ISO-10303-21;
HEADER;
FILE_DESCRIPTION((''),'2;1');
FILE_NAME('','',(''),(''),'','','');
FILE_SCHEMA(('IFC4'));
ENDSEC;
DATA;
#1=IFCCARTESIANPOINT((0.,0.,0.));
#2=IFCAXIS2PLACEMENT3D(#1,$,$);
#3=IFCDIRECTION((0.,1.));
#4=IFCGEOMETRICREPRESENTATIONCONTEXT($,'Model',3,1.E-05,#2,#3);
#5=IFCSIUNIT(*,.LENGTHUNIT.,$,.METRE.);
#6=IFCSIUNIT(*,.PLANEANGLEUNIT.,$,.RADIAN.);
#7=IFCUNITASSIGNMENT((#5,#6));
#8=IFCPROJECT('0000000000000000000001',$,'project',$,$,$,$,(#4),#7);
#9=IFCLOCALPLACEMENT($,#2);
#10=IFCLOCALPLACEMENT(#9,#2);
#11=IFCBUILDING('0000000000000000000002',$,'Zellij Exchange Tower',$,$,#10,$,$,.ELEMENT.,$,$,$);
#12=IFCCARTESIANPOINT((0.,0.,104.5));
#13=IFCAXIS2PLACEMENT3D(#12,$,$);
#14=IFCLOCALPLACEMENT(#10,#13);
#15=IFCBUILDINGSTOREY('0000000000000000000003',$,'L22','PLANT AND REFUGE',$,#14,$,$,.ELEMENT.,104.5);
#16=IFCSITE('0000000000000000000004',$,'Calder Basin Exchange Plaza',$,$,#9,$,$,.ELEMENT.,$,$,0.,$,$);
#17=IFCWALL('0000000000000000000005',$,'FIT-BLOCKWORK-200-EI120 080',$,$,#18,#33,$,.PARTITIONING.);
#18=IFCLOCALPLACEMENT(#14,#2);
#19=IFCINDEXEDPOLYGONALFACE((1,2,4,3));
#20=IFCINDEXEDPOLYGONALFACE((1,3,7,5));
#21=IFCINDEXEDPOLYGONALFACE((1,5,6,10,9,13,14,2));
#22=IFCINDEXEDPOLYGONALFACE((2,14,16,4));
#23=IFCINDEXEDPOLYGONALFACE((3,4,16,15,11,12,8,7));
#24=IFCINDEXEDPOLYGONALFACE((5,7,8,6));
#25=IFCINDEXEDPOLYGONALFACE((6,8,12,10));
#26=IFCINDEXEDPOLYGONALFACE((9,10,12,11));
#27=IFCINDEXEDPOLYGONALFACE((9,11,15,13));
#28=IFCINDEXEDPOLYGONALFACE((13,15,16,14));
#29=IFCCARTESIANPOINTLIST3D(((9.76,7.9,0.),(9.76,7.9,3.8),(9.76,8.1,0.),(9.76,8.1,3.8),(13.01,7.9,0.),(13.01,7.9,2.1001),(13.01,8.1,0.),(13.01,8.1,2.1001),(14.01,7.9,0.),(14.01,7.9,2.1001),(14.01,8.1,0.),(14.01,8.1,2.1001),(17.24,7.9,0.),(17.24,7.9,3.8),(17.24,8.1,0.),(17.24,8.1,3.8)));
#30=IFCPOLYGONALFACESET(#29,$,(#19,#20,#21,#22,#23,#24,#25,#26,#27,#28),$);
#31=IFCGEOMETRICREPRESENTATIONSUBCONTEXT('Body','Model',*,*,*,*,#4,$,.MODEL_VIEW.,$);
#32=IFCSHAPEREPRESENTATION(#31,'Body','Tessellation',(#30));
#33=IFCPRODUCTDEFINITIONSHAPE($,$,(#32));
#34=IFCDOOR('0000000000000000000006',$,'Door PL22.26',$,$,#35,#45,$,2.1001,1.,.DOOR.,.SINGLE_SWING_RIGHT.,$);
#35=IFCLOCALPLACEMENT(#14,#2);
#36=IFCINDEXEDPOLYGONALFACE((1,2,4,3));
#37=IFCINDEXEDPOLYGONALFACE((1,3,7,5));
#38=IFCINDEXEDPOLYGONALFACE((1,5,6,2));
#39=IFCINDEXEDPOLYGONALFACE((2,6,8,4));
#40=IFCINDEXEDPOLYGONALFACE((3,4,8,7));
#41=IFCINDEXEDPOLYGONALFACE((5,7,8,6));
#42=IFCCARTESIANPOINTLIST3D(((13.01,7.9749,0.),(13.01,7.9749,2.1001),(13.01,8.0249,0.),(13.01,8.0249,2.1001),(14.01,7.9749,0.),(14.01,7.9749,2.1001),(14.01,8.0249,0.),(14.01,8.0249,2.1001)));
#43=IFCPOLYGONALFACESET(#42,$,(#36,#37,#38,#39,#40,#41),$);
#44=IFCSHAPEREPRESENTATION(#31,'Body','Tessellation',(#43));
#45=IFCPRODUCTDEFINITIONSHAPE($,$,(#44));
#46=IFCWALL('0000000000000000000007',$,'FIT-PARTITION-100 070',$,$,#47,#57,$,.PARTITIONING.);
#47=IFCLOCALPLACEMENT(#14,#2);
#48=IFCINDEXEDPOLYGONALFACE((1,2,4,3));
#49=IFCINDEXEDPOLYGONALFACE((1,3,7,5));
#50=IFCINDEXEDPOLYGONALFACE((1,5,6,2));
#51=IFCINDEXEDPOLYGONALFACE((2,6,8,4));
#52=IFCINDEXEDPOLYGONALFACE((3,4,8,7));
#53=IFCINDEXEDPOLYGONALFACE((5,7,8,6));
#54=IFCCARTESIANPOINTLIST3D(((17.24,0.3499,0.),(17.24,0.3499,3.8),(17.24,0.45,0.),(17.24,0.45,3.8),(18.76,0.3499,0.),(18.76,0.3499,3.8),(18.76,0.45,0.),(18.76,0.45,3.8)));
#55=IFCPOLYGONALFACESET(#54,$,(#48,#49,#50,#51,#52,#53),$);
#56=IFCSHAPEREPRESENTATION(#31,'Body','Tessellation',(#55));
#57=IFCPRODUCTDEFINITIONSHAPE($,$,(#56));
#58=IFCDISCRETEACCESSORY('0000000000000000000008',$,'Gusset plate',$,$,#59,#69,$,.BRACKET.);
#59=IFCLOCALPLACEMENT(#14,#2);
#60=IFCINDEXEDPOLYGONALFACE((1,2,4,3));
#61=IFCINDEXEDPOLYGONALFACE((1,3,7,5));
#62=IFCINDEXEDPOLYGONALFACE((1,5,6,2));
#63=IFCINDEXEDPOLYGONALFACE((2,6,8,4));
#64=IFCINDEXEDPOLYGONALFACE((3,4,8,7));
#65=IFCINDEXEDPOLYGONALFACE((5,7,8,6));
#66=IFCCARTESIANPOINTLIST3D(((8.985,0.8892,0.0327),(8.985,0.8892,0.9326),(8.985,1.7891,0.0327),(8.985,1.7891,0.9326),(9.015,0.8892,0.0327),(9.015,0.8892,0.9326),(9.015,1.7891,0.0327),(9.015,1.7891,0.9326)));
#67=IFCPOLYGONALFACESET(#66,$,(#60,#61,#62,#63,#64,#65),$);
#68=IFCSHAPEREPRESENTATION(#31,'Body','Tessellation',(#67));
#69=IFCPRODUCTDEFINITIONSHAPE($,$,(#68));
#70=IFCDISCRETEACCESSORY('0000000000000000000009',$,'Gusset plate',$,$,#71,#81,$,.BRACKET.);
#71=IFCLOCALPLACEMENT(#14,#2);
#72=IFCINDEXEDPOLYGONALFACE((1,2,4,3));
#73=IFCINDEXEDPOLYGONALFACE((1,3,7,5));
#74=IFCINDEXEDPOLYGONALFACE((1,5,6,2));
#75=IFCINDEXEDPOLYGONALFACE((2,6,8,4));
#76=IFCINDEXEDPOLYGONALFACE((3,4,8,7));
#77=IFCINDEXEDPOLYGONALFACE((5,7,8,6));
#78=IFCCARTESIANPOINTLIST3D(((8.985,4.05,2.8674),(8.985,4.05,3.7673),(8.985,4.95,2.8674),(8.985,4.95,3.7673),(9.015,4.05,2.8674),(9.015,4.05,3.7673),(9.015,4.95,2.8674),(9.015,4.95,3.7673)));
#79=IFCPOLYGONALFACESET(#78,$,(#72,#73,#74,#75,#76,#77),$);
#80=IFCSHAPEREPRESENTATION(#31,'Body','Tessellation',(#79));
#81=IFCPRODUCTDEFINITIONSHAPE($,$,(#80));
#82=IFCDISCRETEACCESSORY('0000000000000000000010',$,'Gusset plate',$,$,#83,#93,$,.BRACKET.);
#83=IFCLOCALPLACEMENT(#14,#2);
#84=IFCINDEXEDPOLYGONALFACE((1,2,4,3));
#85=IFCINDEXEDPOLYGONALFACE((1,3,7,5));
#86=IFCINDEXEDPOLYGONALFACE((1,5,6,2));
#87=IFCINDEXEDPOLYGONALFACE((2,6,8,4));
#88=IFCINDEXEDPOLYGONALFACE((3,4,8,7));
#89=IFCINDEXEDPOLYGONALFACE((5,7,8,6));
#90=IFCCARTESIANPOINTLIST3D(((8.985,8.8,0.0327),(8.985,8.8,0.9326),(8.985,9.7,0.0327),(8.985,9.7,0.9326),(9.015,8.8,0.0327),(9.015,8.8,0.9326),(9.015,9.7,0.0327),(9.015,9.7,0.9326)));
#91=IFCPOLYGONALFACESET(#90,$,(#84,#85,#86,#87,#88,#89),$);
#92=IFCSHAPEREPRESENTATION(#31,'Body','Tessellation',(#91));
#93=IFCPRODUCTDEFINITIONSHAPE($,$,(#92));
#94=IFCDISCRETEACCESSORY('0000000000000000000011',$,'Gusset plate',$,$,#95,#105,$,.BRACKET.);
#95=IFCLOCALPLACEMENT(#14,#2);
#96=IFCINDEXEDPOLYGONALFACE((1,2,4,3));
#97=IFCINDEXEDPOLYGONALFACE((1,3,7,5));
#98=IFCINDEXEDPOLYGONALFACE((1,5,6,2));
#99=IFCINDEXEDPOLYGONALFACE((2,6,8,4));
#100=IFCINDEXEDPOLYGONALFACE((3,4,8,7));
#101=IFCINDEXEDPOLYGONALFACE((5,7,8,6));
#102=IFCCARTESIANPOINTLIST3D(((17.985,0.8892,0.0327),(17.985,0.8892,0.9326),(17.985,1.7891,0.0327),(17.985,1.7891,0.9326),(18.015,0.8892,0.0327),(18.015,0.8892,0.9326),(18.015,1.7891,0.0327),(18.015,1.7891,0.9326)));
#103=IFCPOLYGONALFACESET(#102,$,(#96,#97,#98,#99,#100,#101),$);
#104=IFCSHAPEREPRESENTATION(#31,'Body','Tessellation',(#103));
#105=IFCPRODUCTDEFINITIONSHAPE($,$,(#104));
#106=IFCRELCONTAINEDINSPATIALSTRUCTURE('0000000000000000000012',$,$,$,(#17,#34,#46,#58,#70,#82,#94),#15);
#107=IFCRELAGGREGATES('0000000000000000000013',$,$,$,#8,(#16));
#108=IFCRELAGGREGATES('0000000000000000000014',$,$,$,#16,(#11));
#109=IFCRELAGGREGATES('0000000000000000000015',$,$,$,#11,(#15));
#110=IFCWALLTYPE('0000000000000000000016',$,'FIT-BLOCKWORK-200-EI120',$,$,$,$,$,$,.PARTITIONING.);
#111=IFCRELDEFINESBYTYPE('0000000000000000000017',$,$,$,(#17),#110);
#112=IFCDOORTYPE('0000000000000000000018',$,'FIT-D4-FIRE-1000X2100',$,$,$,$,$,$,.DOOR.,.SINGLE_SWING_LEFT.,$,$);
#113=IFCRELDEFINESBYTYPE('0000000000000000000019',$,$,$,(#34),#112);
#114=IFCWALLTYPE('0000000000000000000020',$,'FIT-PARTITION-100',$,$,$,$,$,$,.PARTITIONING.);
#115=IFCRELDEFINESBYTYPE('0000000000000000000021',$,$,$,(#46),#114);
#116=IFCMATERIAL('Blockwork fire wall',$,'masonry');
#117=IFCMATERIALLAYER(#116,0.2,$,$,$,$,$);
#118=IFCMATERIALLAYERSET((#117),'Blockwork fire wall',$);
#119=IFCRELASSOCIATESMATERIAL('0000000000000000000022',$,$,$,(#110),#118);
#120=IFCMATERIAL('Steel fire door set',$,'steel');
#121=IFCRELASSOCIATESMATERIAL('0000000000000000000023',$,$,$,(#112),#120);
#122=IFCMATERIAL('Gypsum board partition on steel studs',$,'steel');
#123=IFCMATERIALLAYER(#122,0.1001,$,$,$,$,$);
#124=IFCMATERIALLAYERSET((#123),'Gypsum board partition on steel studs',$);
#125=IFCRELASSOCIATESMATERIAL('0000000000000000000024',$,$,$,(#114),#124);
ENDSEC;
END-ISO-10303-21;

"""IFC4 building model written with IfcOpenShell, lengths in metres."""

from ifc_helpers import new_model, si_unit, direction, frame, frame_2d, origin, origin_2d, place, context, subcontext, project, spatial, rectangle, extrude, material, layer, layer_set, type_object, element, fill, save


model = new_model("IFC4")

# Units and contexts
model_context = context("Model", 3, precision=1e-05, world=origin(), true_north=direction((0.0, 1.0)))
body_context = subcontext(model_context, "Body", "Model", "MODEL_VIEW")
ifc_project = project(units=[si_unit("LENGTHUNIT", "METRE"), si_unit("PLANEANGLEUNIT", "RADIAN")], contexts=[model_context])

# Site, building, storey
site_placement = place(None, origin())
site = spatial("IfcSite", under=ifc_project, at=site_placement, Name="Calder Basin Exchange Plaza", CompositionType="ELEMENT", RefElevation=0.0)
building_placement = place(site_placement, origin())
building = spatial("IfcBuilding", under=site, at=building_placement, Name="Zellij Exchange Tower", CompositionType="ELEMENT")
storey_placement = place(building_placement, frame((0.0, 0.0, 104.5)))
storey = spatial("IfcBuildingStorey", under=building, at=storey_placement, Name="L22", Description="PLANT AND REFUGE", CompositionType="ELEMENT", Elevation=104.5)

# Shared definitions
ifc_material_1 = material(Name="Blockwork fire wall", Category="masonry")
ifc_layer_1 = layer(ifc_material_1, 0.2)
ifc_layer_set_1 = layer_set([ifc_layer_1], Name="Blockwork fire wall")
wall_type_1 = type_object("IfcWallType", Name="FIT-BLOCKWORK-200-EI120", PredefinedType="PARTITIONING", material=ifc_layer_set_1)
ifc_material_2 = material(Name="Steel fire door set", Category="steel")

# Wall, opening, door
wall_1_placement = place(storey_placement, frame((9.76, 8.0, 0.0), z_axis=(0.0, 0.0, 1.0), x_axis=(1.0, 0.0, 0.0)))
wall_1 = element("IfcWall", 1, at=wall_1_placement, inside=storey, type_object=wall_type_1, Name="FIT-BLOCKWORK-200-EI120 080", PredefinedType="PARTITIONING", context=body_context, shape_type="SweptSolid", body=[
    extrude(rectangle(XDim=7.48, YDim=0.2, at=frame_2d((3.74, 0.0))), origin(), (0.0, 0.0, 1.0), 3.8),
])
opening_1_placement = place(wall_1_placement, frame((3.25, 0.0, 0.0)))
opening_1 = element("IfcOpeningElement", 2, at=opening_1_placement, cuts=wall_1, PredefinedType="OPENING", context=body_context, shape_type="SweptSolid", body=[
    extrude(rectangle(XDim=1.0, YDim=2.1001, at=frame_2d((0.5, 1.05))), frame((0.0, 0.1118, 0.0), z_axis=(0.0, -1.0, 0.0), x_axis=(1.0, 0.0, 0.0)), (0.0, 0.0, 1.0), 0.2239),
])
door_type_1 = type_object("IfcDoorType", Name="FIT-D4-FIRE-1000X2100", OperationType="SINGLE_SWING_LEFT", PredefinedType="DOOR", material=ifc_material_2)
door_1_placement = place(opening_1_placement, origin())
door_1 = element("IfcDoor", 3, at=door_1_placement, inside=storey, type_object=door_type_1, Name="Door PL22.26", OperationType="SINGLE_SWING_RIGHT", OverallHeight=2.1001, OverallWidth=1.0, PredefinedType="DOOR", context=body_context, shape_type="SweptSolid", body=[
    extrude(rectangle(XDim=1.0, YDim=2.1001, at=frame_2d((0.5, 1.05))), frame((0.0, 0.0249, 0.0), z_axis=(0.0, -1.0, 0.0), x_axis=(1.0, 0.0, 0.0)), (0.0, 0.0, 1.0), 0.05),
])
fill(opening_1, door_1)

# Wall
ifc_material_3 = material(Name="Gypsum board partition on steel studs", Category="steel")
ifc_layer_2 = layer(ifc_material_3, 0.1001)
ifc_layer_set_2 = layer_set([ifc_layer_2], Name="Gypsum board partition on steel studs")
wall_type_2 = type_object("IfcWallType", Name="FIT-PARTITION-100", PredefinedType="PARTITIONING", material=ifc_layer_set_2)
wall_2_placement = place(storey_placement, frame((17.24, 0.3999, 0.0), z_axis=(0.0, 0.0, 1.0), x_axis=(1.0, 0.0, 0.0)))
element("IfcWall", 4, at=wall_2_placement, inside=storey, type_object=wall_type_2, Name="FIT-PARTITION-100 070", PredefinedType="PARTITIONING", context=body_context, shape_type="SweptSolid", body=[
    extrude(rectangle(XDim=1.52, YDim=0.1001, at=frame_2d((0.76, 0.0))), origin(), (0.0, 0.0, 1.0), 3.8),
])

# Discrete accessories
for number, where, z_axis, x_axis, name in (
    (5, (9.0, 1.3391, 0.0327), (0.0, 0.0, 1.0), (0.0, 1.0, 0.0), "Gusset plate"),
    (6, (9.0, 4.5, 2.8674), (0.0, 0.0, 1.0), (0.0, 1.0, 0.0), "Gusset plate"),
    (7, (9.0, 9.25, 0.0327), (0.0, 0.0, 1.0), (0.0, 1.0, 0.0), "Gusset plate"),
    (8, (18.0, 1.3391, 0.0327), (0.0, 0.0, 1.0), (0.0, 1.0, 0.0), "Gusset plate"),
):
    element("IfcDiscreteAccessory", number, at=place(storey_placement, frame(where, z_axis=z_axis, x_axis=x_axis)), inside=storey, Name=name, PredefinedType="BRACKET", context=body_context, shape_type="SweptSolid", body=[
        extrude(rectangle(XDim=0.8999, YDim=0.03, at=origin_2d()), origin(), (0.0, 0.0, 1.0), 0.8999),
    ])

save(model, "model.ifc")
